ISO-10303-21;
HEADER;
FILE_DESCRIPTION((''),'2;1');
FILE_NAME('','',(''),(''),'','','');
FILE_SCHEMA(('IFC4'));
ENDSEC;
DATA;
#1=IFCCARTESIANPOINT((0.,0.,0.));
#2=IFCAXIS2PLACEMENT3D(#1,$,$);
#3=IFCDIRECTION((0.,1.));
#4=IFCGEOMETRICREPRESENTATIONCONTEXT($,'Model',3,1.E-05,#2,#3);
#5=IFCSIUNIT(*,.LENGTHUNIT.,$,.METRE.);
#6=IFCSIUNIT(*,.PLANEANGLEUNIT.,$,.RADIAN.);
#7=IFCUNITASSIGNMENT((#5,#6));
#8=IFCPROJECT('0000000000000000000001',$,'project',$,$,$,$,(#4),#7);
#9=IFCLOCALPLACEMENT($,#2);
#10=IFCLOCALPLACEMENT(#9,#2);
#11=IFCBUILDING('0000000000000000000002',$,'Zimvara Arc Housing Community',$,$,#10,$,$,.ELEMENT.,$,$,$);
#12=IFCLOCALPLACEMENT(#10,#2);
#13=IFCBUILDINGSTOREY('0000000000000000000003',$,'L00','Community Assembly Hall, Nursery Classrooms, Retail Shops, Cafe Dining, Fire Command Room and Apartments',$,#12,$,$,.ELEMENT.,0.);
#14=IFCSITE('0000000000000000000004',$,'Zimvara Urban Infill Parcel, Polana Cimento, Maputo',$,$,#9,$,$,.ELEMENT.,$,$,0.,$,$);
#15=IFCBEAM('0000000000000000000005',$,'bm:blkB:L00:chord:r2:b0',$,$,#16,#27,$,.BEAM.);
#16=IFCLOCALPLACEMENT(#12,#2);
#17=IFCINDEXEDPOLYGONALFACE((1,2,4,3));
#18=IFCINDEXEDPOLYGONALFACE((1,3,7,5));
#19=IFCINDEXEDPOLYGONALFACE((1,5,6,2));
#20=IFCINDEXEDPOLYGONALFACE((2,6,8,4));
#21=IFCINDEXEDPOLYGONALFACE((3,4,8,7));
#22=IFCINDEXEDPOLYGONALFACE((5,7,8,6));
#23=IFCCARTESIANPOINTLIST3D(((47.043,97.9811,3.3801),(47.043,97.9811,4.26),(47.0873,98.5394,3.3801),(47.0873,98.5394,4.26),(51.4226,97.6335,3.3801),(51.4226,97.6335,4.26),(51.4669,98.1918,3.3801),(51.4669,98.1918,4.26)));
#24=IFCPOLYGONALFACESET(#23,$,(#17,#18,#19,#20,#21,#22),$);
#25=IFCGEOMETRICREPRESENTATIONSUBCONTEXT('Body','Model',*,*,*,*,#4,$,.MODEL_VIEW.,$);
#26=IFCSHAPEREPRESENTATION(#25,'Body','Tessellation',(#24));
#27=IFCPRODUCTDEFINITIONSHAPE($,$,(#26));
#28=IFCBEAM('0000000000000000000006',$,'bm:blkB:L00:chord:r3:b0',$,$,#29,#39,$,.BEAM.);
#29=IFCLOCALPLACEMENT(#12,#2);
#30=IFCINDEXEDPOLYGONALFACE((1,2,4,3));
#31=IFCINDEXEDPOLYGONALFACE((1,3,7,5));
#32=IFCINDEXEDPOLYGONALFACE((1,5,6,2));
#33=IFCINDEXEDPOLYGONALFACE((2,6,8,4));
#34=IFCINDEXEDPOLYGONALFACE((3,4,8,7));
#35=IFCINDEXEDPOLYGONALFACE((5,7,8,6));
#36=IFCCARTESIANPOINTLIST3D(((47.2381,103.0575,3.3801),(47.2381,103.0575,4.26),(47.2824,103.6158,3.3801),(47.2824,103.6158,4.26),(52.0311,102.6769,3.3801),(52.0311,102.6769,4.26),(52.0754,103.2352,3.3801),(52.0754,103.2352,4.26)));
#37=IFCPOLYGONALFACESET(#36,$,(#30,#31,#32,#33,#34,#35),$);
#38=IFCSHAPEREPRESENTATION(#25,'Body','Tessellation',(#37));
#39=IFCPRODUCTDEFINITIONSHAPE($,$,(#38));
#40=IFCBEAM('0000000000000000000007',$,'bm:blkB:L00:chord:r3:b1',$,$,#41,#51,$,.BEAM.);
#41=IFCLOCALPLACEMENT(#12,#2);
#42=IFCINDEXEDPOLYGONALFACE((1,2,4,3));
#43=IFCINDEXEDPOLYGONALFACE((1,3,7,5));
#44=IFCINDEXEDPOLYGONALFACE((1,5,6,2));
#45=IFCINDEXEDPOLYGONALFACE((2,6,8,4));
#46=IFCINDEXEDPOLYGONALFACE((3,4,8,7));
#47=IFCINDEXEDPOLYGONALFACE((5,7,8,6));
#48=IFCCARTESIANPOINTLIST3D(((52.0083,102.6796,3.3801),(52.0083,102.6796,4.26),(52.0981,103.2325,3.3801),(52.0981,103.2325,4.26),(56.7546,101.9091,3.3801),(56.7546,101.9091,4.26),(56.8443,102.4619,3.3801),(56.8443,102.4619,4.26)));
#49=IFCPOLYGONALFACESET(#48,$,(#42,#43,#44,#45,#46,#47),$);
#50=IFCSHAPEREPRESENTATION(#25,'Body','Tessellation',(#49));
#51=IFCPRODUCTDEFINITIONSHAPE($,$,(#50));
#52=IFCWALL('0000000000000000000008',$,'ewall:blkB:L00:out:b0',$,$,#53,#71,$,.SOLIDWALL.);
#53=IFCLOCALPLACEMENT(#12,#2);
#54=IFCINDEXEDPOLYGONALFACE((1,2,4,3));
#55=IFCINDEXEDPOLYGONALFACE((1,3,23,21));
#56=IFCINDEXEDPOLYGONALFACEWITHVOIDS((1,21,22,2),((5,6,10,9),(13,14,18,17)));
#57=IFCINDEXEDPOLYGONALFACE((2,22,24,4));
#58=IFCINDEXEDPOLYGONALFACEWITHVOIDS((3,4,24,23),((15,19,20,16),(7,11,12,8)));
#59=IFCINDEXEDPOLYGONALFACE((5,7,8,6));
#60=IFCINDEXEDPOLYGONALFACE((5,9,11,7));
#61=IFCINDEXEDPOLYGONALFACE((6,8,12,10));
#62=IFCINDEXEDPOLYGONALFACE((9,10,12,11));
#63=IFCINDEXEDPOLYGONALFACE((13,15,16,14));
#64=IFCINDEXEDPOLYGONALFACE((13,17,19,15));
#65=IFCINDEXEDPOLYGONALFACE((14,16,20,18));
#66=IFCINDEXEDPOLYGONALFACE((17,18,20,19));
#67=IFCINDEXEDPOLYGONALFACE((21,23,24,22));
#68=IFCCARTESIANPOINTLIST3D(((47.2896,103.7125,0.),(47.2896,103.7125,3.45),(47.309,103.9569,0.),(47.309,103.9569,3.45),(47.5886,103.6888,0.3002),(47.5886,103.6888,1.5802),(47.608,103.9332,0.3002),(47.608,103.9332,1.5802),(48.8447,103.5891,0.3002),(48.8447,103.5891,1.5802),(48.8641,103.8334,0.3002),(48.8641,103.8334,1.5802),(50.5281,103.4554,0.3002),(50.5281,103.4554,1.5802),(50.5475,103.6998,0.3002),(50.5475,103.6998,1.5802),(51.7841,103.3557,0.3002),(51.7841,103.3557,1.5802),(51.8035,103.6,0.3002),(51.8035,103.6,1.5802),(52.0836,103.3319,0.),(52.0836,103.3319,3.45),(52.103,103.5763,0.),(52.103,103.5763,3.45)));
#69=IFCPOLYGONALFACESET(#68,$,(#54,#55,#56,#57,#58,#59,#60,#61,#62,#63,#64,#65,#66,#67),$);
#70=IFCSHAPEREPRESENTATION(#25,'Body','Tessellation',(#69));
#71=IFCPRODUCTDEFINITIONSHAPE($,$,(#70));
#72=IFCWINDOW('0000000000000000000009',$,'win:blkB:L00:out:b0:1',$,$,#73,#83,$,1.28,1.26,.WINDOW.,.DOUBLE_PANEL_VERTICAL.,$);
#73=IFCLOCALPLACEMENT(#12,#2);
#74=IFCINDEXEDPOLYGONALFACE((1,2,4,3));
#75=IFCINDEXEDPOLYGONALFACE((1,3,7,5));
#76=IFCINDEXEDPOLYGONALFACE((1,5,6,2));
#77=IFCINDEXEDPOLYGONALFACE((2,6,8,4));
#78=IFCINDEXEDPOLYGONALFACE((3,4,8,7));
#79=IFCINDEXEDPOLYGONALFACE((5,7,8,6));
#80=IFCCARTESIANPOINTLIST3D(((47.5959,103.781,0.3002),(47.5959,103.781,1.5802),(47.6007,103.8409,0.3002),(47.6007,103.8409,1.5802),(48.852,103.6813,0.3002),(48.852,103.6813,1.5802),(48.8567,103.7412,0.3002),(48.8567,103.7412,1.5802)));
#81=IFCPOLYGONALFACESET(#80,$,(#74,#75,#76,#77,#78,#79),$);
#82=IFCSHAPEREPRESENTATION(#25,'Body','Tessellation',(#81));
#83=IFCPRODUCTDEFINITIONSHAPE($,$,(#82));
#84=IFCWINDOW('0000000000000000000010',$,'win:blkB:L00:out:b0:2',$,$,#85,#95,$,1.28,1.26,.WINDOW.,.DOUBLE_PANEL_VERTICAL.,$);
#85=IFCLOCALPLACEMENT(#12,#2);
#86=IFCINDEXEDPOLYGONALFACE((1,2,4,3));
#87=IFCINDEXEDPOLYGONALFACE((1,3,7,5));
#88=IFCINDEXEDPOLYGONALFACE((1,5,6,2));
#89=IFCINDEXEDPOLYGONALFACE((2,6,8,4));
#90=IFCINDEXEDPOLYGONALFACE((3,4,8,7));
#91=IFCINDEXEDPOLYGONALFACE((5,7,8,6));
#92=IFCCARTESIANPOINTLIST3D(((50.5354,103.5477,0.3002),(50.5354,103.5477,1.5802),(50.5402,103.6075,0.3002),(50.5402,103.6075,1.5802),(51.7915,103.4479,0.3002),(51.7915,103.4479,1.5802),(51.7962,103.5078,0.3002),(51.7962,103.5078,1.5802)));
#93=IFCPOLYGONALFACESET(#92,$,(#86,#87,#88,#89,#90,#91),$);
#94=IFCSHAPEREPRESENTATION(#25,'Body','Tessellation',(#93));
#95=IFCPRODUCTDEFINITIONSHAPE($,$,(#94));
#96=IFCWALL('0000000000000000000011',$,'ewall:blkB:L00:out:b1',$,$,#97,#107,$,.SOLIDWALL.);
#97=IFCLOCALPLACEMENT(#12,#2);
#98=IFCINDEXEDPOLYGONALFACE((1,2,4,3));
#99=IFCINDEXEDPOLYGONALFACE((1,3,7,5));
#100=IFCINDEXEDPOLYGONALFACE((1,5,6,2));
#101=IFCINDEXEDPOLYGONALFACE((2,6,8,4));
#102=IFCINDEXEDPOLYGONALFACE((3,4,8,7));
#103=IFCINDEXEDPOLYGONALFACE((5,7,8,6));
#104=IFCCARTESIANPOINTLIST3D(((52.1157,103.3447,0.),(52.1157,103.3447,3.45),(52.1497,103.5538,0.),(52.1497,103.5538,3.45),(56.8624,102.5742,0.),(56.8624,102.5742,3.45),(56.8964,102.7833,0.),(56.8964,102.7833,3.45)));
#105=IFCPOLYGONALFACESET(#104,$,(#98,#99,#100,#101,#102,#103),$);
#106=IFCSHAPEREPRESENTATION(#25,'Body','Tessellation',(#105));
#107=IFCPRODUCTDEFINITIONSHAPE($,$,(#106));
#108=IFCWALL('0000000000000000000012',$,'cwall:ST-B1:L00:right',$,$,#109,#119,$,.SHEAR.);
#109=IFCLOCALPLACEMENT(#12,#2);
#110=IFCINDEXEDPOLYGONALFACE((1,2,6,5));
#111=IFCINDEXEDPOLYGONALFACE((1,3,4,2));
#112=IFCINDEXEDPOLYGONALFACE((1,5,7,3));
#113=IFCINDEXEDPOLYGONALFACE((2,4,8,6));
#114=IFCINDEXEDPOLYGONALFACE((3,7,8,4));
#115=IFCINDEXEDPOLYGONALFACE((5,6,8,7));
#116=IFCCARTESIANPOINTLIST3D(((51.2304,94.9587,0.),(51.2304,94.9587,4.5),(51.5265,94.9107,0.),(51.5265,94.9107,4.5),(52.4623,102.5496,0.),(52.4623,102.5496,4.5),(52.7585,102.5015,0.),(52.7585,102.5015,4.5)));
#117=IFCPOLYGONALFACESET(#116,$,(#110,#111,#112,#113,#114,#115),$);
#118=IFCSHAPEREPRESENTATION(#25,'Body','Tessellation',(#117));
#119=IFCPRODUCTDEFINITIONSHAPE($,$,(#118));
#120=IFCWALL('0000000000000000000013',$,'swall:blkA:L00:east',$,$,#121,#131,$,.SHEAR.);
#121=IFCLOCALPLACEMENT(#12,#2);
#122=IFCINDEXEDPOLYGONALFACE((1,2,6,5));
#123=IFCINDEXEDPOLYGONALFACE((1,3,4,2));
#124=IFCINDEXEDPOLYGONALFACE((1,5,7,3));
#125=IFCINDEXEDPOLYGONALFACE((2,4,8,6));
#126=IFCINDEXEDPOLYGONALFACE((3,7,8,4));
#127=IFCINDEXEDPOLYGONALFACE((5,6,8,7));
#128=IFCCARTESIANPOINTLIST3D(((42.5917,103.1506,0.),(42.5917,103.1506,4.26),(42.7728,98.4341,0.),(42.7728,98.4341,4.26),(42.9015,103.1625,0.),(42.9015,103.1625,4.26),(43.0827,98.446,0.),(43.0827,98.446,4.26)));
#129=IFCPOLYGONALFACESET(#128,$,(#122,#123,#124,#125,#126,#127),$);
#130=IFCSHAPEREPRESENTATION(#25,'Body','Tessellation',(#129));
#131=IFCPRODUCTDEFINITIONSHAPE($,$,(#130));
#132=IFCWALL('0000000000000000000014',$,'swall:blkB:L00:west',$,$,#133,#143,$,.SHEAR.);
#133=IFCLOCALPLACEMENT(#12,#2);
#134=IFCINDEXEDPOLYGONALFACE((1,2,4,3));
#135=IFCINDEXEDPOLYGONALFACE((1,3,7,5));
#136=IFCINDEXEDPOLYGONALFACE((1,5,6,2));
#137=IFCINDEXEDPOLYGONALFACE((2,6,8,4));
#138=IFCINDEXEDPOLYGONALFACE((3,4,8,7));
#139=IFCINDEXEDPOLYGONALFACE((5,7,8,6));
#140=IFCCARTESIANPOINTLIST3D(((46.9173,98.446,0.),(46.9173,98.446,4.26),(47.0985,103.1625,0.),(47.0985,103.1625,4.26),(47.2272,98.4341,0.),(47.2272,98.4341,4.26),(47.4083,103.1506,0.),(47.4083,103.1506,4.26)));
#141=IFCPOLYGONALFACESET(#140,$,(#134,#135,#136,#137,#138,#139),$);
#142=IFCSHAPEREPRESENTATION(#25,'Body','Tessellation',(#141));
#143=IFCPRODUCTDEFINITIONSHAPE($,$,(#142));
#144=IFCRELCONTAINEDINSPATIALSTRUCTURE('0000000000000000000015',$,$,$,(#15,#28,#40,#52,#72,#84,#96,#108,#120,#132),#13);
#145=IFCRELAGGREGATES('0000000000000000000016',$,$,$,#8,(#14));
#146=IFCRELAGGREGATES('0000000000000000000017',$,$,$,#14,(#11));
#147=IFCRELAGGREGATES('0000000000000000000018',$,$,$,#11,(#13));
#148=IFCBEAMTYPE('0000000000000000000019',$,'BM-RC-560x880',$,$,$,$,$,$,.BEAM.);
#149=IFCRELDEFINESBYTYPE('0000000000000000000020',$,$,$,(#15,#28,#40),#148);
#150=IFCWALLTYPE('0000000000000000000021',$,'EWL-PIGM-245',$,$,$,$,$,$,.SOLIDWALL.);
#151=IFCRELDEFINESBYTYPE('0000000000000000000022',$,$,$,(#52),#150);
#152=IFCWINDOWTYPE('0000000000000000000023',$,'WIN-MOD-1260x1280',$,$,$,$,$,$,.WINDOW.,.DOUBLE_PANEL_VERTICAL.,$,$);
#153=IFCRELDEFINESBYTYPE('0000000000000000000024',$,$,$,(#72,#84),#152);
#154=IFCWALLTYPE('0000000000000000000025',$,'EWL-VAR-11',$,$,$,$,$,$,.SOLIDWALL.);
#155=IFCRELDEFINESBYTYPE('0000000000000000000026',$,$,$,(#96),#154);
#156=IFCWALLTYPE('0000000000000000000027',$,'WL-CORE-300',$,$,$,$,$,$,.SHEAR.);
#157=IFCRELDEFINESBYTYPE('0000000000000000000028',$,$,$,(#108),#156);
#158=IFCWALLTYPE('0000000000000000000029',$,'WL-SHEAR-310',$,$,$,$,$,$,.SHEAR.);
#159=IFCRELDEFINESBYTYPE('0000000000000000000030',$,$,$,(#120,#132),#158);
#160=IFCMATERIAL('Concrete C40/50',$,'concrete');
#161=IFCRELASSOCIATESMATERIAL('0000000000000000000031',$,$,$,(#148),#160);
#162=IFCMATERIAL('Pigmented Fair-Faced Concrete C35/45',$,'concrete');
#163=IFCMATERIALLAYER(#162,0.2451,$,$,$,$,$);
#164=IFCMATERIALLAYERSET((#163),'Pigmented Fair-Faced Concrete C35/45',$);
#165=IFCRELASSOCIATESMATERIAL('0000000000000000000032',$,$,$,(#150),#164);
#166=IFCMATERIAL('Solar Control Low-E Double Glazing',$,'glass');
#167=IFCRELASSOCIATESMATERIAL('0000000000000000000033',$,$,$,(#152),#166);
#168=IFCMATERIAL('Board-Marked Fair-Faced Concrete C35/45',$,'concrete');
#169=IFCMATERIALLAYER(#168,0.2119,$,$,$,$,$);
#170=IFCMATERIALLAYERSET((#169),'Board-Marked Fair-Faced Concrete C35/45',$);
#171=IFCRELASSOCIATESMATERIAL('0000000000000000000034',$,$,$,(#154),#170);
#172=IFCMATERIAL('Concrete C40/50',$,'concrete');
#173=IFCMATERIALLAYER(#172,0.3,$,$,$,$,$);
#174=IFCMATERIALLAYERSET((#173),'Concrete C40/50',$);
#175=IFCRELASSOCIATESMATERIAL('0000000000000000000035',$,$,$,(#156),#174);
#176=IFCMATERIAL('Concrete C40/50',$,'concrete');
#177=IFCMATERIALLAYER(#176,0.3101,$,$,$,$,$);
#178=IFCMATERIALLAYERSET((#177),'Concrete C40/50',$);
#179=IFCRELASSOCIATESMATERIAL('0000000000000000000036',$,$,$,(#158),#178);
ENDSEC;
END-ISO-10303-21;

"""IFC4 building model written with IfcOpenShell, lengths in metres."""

from ifc_helpers import new_model, si_unit, direction, frame, frame_2d, origin, origin_2d, place, context, subcontext, project, spatial, rectangle, extrude, material, layer, layer_set, material_profile, profile_set, type_object, element, fill, save


model = new_model("IFC4")

# Units and contexts
model_context = context("Model", 3, precision=1e-05, world=origin(), true_north=direction((0.0, 1.0)))
body_context = subcontext(model_context, "Body", "Model", "MODEL_VIEW")
ifc_project = project(units=[si_unit("LENGTHUNIT", "METRE"), si_unit("PLANEANGLEUNIT", "RADIAN")], contexts=[model_context])

# Site, building, storey
site_placement = place(None, origin())
site = spatial("IfcSite", under=ifc_project, at=site_placement, Name="Zimvara Urban Infill Parcel, Polana Cimento, Maputo", CompositionType="ELEMENT", RefElevation=0.0)
building_placement = place(site_placement, origin())
building = spatial("IfcBuilding", under=site, at=building_placement, Name="Zimvara Arc Housing Community", CompositionType="ELEMENT")
storey_placement = place(building_placement, origin())
storey = spatial("IfcBuildingStorey", under=building, at=storey_placement, Name="L00", Description="Community Assembly Hall, Nursery Classrooms, Retail Shops, Cafe Dining, Fire Command Room and Apartments", CompositionType="ELEMENT", Elevation=0.0)

# Beams
ifc_material_1 = material(Name="Concrete C40/50", Category="concrete")
ifc_material_profile_1 = material_profile(ifc_material_1, rectangle(XDim=0.5601, YDim=0.8799, at=origin_2d()), Name="RC 560x880")
ifc_profile_set_1 = profile_set([ifc_material_profile_1], Name="Concrete C40/50")
beam_type_1 = type_object("IfcBeamType", Name="BM-RC-560x880", PredefinedType="BEAM", material=ifc_profile_set_1)
beam_1_placement = place(storey_placement, frame((47.0652, 98.2603, 3.8201), z_axis=(0.996864, -0.079131, 0.0), x_axis=(0.079131, 0.996864, 0.0)))
element("IfcBeam", 1, at=beam_1_placement, inside=storey, type_object=beam_type_1, Name="bm:blkB:L00:chord:r2:b0", PredefinedType="BEAM", context=body_context, shape_type="SweptSolid", body=[
    extrude(rectangle(XDim=0.5601, YDim=0.8799, at=origin_2d()), origin(), (0.0, 0.0, 1.0), 4.3933),
])
beam_2_placement = place(storey_placement, frame((47.2603, 103.3367, 3.8201), z_axis=(0.996862, -0.079162, 0.0), x_axis=(0.079162, 0.996862, 0.0)))
element("IfcBeam", 2, at=beam_2_placement, inside=storey, type_object=beam_type_1, Name="bm:blkB:L00:chord:r3:b0", PredefinedType="BEAM", context=body_context, shape_type="SweptSolid", body=[
    extrude(rectangle(XDim=0.5601, YDim=0.8799, at=origin_2d()), origin(), (0.0, 0.0, 1.0), 4.8081),
])
beam_3_placement = place(storey_placement, frame((52.0532, 102.9561, 3.8201), z_axis=(0.987077, -0.160248, 0.0), x_axis=(0.160248, 0.987077, 0.0)))
element("IfcBeam", 3, at=beam_3_placement, inside=storey, type_object=beam_type_1, Name="bm:blkB:L00:chord:r3:b1", PredefinedType="BEAM", context=body_context, shape_type="SweptSolid", body=[
    extrude(rectangle(XDim=0.5601, YDim=0.8799, at=origin_2d()), origin(), (0.0, 0.0, 1.0), 4.8083),
])

# Wall, openings, windows
ifc_material_2 = material(Name="Pigmented Fair-Faced Concrete C35/45", Category="concrete")
ifc_layer_1 = layer(ifc_material_2, 0.2451)
ifc_layer_set_1 = layer_set([ifc_layer_1], Name="Pigmented Fair-Faced Concrete C35/45")
wall_type_1 = type_object("IfcWallType", Name="EWL-PIGM-245", PredefinedType="SOLIDWALL", material=ifc_layer_set_1)
wall_1_placement = place(storey_placement, frame((47.2993, 103.8347, 0.0), z_axis=(0.0, 0.0, 1.0), x_axis=(0.996863, -0.079146, 0.0)))
wall_1 = element("IfcWall", 4, at=wall_1_placement, inside=storey, type_object=wall_type_1, Name="ewall:blkB:L00:out:b0", PredefinedType="SOLIDWALL", context=body_context, shape_type="SweptSolid", body=[
    extrude(rectangle(XDim=4.8091, YDim=0.2451, at=frame_2d((2.4045, 0.0))), origin(), (0.0, 0.0, 1.0), 3.45),
])
opening_1_placement = place(wall_1_placement, frame((0.3, 0.0, 0.3)))
opening_1 = element("IfcOpeningElement", 5, at=opening_1_placement, cuts=wall_1, PredefinedType="OPENING", context=body_context, shape_type="SweptSolid", body=[
    extrude(rectangle(XDim=1.26, YDim=1.28, at=frame_2d((0.6299, 0.6401))), frame((0.0, 0.1326, 0.0), z_axis=(0.0, -1.0, 0.0), x_axis=(1.0, 0.0, 0.0)), (0.0, 0.0, 1.0), 0.2651),
])
opening_2_placement = place(wall_1_placement, frame((3.2488, 0.0, 0.3)))
opening_2 = element("IfcOpeningElement", 6, at=opening_2_placement, cuts=wall_1, PredefinedType="OPENING", context=body_context, shape_type="SweptSolid", body=[
    extrude(rectangle(XDim=1.26, YDim=1.28, at=frame_2d((0.6299, 0.6401))), frame((0.0, 0.1326, 0.0), z_axis=(0.0, -1.0, 0.0), x_axis=(1.0, 0.0, 0.0)), (0.0, 0.0, 1.0), 0.2651),
])
ifc_material_3 = material(Name="Solar Control Low-E Double Glazing", Category="glass")
window_type = type_object("IfcWindowType", Name="WIN-MOD-1260x1280", PartitioningType="DOUBLE_PANEL_VERTICAL", PredefinedType="WINDOW", material=ifc_material_3)
window_1_placement = place(opening_1_placement, origin())
window_1 = element("IfcWindow", 7, at=window_1_placement, inside=storey, type_object=window_type, Name="win:blkB:L00:out:b0:1", OverallHeight=1.28, OverallWidth=1.26, PartitioningType="DOUBLE_PANEL_VERTICAL", PredefinedType="WINDOW", context=body_context, shape_type="SweptSolid", body=[
    extrude(rectangle(XDim=1.26, YDim=1.28, at=frame_2d((0.6299, 0.6401))), frame((0.0, 0.03, 0.0), z_axis=(0.0, -1.0, 0.0), x_axis=(1.0, 0.0, 0.0)), (0.0, 0.0, 1.0), 0.0601),
])
fill(opening_1, window_1)
window_2_placement = place(opening_2_placement, origin())
window_2 = element("IfcWindow", 8, at=window_2_placement, inside=storey, type_object=window_type, Name="win:blkB:L00:out:b0:2", OverallHeight=1.28, OverallWidth=1.26, PartitioningType="DOUBLE_PANEL_VERTICAL", PredefinedType="WINDOW", context=body_context, shape_type="SweptSolid", body=[
    extrude(rectangle(XDim=1.26, YDim=1.28, at=frame_2d((0.6299, 0.6401))), frame((0.0, 0.03, 0.0), z_axis=(0.0, -1.0, 0.0), x_axis=(1.0, 0.0, 0.0)), (0.0, 0.0, 1.0), 0.0601),
])
fill(opening_2, window_2)

# Wall
ifc_material_4 = material(Name="Board-Marked Fair-Faced Concrete C35/45", Category="concrete")
ifc_layer_2 = layer(ifc_material_4, 0.2119)
ifc_layer_set_2 = layer_set([ifc_layer_2], Name="Board-Marked Fair-Faced Concrete C35/45")
wall_type_2 = type_object("IfcWallType", Name="EWL-VAR-11", PredefinedType="SOLIDWALL", material=ifc_layer_set_2)
wall_2_placement = place(storey_placement, frame((52.1328, 103.4492, 0.0), z_axis=(0.0, 0.0, 1.0), x_axis=(0.987081, -0.160224, 0.0)))
element("IfcWall", 9, at=wall_2_placement, inside=storey, type_object=wall_type_2, Name="ewall:blkB:L00:out:b1", PredefinedType="SOLIDWALL", context=body_context, shape_type="SweptSolid", body=[
    extrude(rectangle(XDim=4.8088, YDim=0.2119, at=frame_2d((2.4043, 0.0))), origin(), (0.0, 0.0, 1.0), 3.45),
])

# Walls
ifc_material_5 = material(Name="Concrete C40/50", Category="concrete")
ifc_layer_3 = layer(ifc_material_5, 0.3)
ifc_layer_set_3 = layer_set([ifc_layer_3], Name="Concrete C40/50")
wall_type_3 = type_object("IfcWallType", Name="WL-CORE-300", PredefinedType="SHEAR", material=ifc_layer_set_3)
wall_3_placement = place(storey_placement, frame((51.3784, 94.9346, 0.0), z_axis=(0.0, 0.0, 1.0), x_axis=(0.160197, 0.987085, 0.0)))
element("IfcWall", 10, at=wall_3_placement, inside=storey, type_object=wall_type_3, Name="cwall:ST-B1:L00:right", PredefinedType="SHEAR", context=body_context, shape_type="SweptSolid", body=[
    extrude(rectangle(XDim=7.6902, YDim=0.3, at=frame_2d((3.8452, 0.0))), origin(), (0.0, 0.0, 1.0), 4.5),
])
ifc_material_6 = material(Name="Concrete C40/50", Category="concrete")
ifc_layer_4 = layer(ifc_material_6, 0.3101)
ifc_layer_set_4 = layer_set([ifc_layer_4], Name="Concrete C40/50")
wall_type_4 = type_object("IfcWallType", Name="WL-SHEAR-310", PredefinedType="SHEAR", material=ifc_layer_set_4)
for number, where, z_axis, x_axis, name in (
    (11, (42.9277, 98.4402, 0.0), (0.0, 0.0, 1.0), (-0.038379, 0.999263, 0.0), "swall:blkA:L00:east"),
    (12, (47.0723, 98.4402, 0.0), (0.0, 0.0, 1.0), (0.038379, 0.999263, 0.0), "swall:blkB:L00:west"),
):
    element("IfcWall", number, at=place(storey_placement, frame(where, z_axis=z_axis, x_axis=x_axis)), inside=storey, type_object=wall_type_4, Name=name, PredefinedType="SHEAR", context=body_context, shape_type="SweptSolid", body=[
        extrude(rectangle(XDim=4.72, YDim=0.3101, at=frame_2d((2.3599, 0.0))), origin(), (0.0, 0.0, 1.0), 4.26),
    ])

save(model, "model.ifc")
